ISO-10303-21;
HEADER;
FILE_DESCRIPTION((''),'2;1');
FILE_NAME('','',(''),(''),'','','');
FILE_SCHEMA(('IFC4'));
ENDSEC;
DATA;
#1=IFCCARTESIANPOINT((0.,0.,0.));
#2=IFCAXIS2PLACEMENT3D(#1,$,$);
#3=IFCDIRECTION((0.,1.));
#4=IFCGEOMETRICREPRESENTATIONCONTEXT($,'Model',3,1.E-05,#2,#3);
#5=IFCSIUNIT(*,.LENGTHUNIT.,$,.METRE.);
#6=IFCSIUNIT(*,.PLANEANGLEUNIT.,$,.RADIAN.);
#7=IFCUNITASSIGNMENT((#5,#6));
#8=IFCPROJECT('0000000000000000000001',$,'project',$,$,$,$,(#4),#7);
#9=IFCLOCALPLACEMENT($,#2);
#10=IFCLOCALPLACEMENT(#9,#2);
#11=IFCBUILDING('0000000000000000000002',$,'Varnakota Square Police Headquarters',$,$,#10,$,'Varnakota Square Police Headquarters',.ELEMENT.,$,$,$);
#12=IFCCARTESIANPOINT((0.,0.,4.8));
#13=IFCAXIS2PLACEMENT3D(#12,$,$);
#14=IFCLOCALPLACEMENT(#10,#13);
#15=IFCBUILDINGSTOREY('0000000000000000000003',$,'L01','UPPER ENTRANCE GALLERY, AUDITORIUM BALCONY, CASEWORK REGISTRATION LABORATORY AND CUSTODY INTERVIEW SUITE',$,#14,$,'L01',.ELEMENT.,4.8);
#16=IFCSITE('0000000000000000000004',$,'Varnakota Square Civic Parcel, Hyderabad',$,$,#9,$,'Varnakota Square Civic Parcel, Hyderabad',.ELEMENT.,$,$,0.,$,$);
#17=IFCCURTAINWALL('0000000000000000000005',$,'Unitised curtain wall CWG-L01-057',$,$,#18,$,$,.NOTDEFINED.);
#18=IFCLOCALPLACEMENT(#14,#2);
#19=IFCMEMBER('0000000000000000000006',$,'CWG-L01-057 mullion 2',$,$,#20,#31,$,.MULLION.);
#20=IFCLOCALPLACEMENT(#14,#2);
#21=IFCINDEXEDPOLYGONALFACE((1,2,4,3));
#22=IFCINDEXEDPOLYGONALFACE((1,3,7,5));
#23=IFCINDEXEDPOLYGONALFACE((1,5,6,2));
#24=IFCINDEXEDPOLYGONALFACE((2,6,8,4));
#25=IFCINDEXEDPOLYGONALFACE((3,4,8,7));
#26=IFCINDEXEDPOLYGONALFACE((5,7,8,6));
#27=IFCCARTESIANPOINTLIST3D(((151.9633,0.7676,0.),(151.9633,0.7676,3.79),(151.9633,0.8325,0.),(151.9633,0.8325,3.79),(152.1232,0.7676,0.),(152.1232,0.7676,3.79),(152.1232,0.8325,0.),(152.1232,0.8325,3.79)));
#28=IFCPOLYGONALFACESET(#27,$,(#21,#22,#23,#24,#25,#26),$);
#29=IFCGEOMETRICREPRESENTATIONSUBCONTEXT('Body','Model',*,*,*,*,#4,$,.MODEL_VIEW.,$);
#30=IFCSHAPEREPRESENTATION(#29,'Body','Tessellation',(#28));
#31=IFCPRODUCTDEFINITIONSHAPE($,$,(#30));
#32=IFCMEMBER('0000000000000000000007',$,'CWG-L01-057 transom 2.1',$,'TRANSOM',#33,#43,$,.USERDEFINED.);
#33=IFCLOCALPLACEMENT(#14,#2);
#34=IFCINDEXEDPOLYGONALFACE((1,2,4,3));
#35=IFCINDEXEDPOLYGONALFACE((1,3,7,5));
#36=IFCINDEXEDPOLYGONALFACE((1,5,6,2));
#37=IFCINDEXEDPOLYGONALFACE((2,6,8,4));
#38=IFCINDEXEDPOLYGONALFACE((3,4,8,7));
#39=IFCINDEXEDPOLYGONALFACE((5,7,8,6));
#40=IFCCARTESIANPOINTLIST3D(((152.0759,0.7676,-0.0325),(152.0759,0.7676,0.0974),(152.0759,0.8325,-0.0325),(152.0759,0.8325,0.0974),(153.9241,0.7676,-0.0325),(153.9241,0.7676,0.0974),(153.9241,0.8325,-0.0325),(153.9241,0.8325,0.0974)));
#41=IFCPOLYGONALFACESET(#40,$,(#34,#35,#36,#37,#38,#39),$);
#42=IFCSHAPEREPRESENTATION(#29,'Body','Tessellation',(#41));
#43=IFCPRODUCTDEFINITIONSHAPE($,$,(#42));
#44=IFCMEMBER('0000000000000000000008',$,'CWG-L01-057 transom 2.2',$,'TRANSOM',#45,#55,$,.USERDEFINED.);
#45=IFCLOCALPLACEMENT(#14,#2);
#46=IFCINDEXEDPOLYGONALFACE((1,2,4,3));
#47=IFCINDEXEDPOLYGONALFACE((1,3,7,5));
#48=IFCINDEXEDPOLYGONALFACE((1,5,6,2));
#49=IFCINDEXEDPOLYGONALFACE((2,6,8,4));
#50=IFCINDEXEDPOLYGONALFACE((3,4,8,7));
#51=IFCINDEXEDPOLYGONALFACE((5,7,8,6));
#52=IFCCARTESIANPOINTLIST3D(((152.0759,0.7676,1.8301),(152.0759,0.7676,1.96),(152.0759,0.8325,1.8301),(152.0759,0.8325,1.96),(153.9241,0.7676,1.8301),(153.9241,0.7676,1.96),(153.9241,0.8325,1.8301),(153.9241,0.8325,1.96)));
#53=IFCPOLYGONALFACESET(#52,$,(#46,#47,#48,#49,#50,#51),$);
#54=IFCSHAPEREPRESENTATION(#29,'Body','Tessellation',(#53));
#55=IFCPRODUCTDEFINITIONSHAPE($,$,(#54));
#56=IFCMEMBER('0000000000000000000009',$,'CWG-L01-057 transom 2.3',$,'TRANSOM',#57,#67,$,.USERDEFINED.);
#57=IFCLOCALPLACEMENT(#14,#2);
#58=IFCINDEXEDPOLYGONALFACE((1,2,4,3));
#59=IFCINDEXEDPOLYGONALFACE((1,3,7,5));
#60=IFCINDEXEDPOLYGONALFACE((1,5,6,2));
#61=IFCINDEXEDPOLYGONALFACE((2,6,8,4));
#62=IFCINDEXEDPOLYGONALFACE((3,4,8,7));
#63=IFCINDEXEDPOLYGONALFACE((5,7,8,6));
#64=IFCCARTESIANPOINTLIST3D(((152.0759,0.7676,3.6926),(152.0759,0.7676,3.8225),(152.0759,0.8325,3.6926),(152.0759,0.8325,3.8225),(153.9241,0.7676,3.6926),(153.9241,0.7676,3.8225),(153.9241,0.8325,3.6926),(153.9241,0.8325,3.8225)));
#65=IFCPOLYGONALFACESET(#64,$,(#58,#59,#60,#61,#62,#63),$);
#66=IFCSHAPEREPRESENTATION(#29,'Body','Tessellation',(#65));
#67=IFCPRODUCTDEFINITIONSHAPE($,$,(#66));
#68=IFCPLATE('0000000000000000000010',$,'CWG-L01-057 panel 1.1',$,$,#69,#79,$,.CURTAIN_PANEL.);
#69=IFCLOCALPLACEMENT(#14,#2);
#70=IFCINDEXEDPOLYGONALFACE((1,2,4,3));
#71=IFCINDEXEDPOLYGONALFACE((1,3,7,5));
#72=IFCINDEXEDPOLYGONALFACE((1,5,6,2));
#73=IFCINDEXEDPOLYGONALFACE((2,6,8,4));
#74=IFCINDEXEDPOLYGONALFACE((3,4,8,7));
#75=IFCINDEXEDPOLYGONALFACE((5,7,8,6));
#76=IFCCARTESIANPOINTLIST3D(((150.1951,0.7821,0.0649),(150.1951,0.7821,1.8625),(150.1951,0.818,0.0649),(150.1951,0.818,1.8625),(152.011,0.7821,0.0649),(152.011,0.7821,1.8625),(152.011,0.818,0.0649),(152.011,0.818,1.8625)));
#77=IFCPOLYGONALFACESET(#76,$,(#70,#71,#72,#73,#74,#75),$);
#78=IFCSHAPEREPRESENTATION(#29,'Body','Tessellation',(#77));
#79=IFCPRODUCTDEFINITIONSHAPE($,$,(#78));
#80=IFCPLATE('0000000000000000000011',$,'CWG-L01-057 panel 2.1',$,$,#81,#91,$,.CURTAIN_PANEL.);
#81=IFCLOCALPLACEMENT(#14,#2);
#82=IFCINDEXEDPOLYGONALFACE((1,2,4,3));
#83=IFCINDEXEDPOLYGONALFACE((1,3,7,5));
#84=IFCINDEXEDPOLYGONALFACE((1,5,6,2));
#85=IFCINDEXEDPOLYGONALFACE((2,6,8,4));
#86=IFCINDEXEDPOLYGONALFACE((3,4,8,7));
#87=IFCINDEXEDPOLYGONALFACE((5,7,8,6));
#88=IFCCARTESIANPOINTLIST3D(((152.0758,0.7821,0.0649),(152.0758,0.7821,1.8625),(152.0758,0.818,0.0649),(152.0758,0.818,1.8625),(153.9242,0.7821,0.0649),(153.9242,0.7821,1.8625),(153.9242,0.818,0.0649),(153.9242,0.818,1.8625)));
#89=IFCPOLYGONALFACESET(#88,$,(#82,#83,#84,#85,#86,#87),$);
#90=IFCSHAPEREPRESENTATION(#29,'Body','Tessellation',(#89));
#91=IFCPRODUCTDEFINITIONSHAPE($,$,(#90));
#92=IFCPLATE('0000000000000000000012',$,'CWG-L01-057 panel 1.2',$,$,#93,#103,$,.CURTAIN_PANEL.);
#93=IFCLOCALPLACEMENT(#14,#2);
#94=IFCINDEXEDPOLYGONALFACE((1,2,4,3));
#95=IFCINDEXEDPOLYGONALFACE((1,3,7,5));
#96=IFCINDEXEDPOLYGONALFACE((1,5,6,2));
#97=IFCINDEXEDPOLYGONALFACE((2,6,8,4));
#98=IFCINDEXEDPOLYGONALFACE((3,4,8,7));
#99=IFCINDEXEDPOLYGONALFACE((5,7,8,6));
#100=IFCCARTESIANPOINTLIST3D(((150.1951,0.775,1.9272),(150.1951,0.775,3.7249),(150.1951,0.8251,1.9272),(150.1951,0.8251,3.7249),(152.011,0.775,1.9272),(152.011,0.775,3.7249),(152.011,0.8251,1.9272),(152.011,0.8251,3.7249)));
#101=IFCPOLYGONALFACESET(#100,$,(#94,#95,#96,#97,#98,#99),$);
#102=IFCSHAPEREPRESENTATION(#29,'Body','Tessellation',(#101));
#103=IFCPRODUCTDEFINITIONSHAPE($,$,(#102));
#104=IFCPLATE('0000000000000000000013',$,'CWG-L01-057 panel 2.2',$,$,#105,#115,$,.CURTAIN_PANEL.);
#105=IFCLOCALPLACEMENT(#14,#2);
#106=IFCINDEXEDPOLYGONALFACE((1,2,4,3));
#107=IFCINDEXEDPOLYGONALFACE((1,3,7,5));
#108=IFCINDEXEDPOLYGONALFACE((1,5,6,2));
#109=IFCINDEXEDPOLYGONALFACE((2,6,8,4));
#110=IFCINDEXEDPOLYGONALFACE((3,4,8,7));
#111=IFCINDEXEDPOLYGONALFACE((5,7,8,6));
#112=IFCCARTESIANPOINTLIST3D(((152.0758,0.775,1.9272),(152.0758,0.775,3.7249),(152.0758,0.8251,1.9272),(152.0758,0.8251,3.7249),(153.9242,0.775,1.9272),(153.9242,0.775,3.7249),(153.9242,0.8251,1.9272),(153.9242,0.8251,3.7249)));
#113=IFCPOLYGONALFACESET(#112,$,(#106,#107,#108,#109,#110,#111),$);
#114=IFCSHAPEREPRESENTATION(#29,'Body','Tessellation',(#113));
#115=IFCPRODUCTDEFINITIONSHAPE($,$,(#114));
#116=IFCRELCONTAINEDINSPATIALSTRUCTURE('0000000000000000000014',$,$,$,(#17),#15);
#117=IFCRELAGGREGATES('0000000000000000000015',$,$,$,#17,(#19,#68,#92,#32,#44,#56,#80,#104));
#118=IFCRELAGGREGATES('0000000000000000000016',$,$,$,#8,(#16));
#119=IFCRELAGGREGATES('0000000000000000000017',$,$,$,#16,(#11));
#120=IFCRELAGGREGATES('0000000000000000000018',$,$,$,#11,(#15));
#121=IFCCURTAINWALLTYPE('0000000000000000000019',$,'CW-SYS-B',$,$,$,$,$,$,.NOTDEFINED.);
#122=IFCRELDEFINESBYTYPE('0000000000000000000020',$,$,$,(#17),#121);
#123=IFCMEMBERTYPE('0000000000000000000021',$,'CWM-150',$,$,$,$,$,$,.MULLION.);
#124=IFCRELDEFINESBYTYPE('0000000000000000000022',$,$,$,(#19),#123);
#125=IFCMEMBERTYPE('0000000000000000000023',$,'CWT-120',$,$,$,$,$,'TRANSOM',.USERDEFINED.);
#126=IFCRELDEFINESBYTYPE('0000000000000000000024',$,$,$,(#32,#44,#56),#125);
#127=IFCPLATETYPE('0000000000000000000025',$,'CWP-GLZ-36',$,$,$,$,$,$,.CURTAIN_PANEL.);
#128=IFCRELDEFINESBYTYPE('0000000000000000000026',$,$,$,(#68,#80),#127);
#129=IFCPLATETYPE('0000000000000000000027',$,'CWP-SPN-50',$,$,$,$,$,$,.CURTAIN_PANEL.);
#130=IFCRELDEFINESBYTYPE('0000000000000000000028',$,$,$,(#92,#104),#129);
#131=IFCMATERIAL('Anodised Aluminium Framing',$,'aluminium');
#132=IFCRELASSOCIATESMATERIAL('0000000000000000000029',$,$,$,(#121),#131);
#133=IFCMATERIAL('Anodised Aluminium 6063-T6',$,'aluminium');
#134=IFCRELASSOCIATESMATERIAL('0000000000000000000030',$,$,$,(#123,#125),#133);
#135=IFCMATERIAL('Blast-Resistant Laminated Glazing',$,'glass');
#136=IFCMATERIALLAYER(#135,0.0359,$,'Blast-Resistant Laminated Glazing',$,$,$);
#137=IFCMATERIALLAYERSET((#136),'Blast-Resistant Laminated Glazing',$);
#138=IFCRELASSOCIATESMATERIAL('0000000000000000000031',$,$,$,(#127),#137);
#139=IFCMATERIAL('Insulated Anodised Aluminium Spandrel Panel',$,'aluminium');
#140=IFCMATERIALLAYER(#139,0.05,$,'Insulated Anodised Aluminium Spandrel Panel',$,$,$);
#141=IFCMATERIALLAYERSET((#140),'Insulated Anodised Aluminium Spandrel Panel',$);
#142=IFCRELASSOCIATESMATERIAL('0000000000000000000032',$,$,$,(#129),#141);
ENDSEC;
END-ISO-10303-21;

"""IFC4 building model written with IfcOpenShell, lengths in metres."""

from ifc_helpers import new_model, si_unit, direction, frame, origin, origin_2d, place, context, subcontext, project, spatial, rectangle, extrude, material, layer, layer_set, material_profile, profile_set, type_object, element, aggregate, save


model = new_model("IFC4")

# Units and contexts
model_context = context("Model", 3, precision=1e-05, world=origin(), true_north=direction((0.0, 1.0)))
body_context = subcontext(model_context, "Body", "Model", "MODEL_VIEW")
ifc_project = project(units=[si_unit("LENGTHUNIT", "METRE"), si_unit("PLANEANGLEUNIT", "RADIAN")], contexts=[model_context])

# Site, building, storey
site_placement = place(None, origin())
site = spatial("IfcSite", under=ifc_project, at=site_placement, Name="Varnakota Square Civic Parcel, Hyderabad", LongName="Varnakota Square Civic Parcel, Hyderabad", CompositionType="ELEMENT", RefElevation=0.0)
building_placement = place(site_placement, origin())
building = spatial("IfcBuilding", under=site, at=building_placement, Name="Varnakota Square Police Headquarters", LongName="Varnakota Square Police Headquarters", CompositionType="ELEMENT")
storey_placement = place(building_placement, frame((0.0, 0.0, 4.8)))
storey = spatial("IfcBuildingStorey", under=building, at=storey_placement, Name="L01", Description="UPPER ENTRANCE GALLERY, AUDITORIUM BALCONY, CASEWORK REGISTRATION LABORATORY AND CUSTODY INTERVIEW SUITE", LongName="L01", CompositionType="ELEMENT", Elevation=4.8)

# Curtain wall, members, plates
ifc_material_1 = material(Name="Anodised Aluminium Framing", Category="aluminium")
curtain_wall_type = type_object("IfcCurtainWallType", Name="CW-SYS-B", PredefinedType="NOTDEFINED", material=ifc_material_1)
curtain_wall_placement = place(storey_placement, origin())
curtain_wall = element("IfcCurtainWall", 1, at=curtain_wall_placement, inside=storey, type_object=curtain_wall_type, Name="Unitised curtain wall CWG-L01-057", PredefinedType="NOTDEFINED")
ifc_material_2 = material(Name="Anodised Aluminium 6063-T6", Category="aluminium")
ifc_material_profile_1 = material_profile(ifc_material_2, rectangle(XDim=0.0649, YDim=0.1599, at=origin_2d()), Name="ALU MULLION 65x160")
ifc_profile_set_1 = profile_set([ifc_material_profile_1], Name="Anodised Aluminium 6063-T6")
member_type_1 = type_object("IfcMemberType", Name="CWM-150", PredefinedType="MULLION", material=ifc_profile_set_1)
member_1_placement = place(storey_placement, frame((152.0432, 0.8, 0.0), z_axis=(0.0, 0.0, 1.0), x_axis=(0.0, 1.0, 0.0)))
member_1 = element("IfcMember", 2, at=member_1_placement, type_object=member_type_1, Name="CWG-L01-057 mullion 2", PredefinedType="MULLION", context=body_context, shape_type="SweptSolid", body=[
    extrude(rectangle(XDim=0.0649, YDim=0.1599, at=origin_2d()), origin(), (0.0, 0.0, 1.0), 3.79),
])
ifc_material_profile_2 = material_profile(ifc_material_2, rectangle(XDim=0.0649, YDim=0.1299, at=origin_2d()), Name="ALU TRANSOM 65x130")
ifc_profile_set_2 = profile_set([ifc_material_profile_2], Name="Anodised Aluminium 6063-T6")
member_type_2 = type_object("IfcMemberType", Name="CWT-120", ElementType="TRANSOM", PredefinedType="USERDEFINED", material=ifc_profile_set_2)
member_2_placement = place(storey_placement, frame((152.0759, 0.8, 0.0325), z_axis=(1.0, 0.0, 0.0), x_axis=(0.0, 1.0, 0.0)))
member_2 = element("IfcMember", 3, at=member_2_placement, type_object=member_type_2, Name="CWG-L01-057 transom 2.1", ObjectType="TRANSOM", PredefinedType="USERDEFINED", context=body_context, shape_type="SweptSolid", body=[
    extrude(rectangle(XDim=0.0649, YDim=0.1299, at=origin_2d()), origin(), (0.0, 0.0, 1.0), 1.8481),
])
member_3_placement = place(storey_placement, frame((152.0759, 0.8, 1.895), z_axis=(1.0, 0.0, 0.0), x_axis=(0.0, 1.0, 0.0)))
member_3 = element("IfcMember", 4, at=member_3_placement, type_object=member_type_2, Name="CWG-L01-057 transom 2.2", ObjectType="TRANSOM", PredefinedType="USERDEFINED", context=body_context, shape_type="SweptSolid", body=[
    extrude(rectangle(XDim=0.0649, YDim=0.1299, at=origin_2d()), origin(), (0.0, 0.0, 1.0), 1.8481),
])
member_4_placement = place(storey_placement, frame((152.0759, 0.8, 3.7576), z_axis=(1.0, 0.0, 0.0), x_axis=(0.0, 1.0, 0.0)))
member_4 = element("IfcMember", 5, at=member_4_placement, type_object=member_type_2, Name="CWG-L01-057 transom 2.3", ObjectType="TRANSOM", PredefinedType="USERDEFINED", context=body_context, shape_type="SweptSolid", body=[
    extrude(rectangle(XDim=0.0649, YDim=0.1299, at=origin_2d()), origin(), (0.0, 0.0, 1.0), 1.8481),
])
ifc_material_3 = material(Name="Blast-Resistant Laminated Glazing", Category="glass")
ifc_layer_1 = layer(ifc_material_3, 0.0359, Name="Blast-Resistant Laminated Glazing")
ifc_layer_set_1 = layer_set([ifc_layer_1], Name="Blast-Resistant Laminated Glazing")
plate_type_1 = type_object("IfcPlateType", Name="CWP-GLZ-36", PredefinedType="CURTAIN_PANEL", material=ifc_layer_set_1)
plate_1_placement = place(storey_placement, frame((151.103, 0.8, 0.0649), z_axis=(0.0, 0.0, 1.0), x_axis=(1.0, 0.0, 0.0)))
plate_1 = element("IfcPlate", 6, at=plate_1_placement, type_object=plate_type_1, Name="CWG-L01-057 panel 1.1", PredefinedType="CURTAIN_PANEL", context=body_context, shape_type="SweptSolid", body=[
    extrude(rectangle(XDim=1.8159, YDim=0.0359, at=origin_2d()), origin(), (0.0, 0.0, 1.0), 1.7976),
])
plate_2_placement = place(storey_placement, frame((153.0, 0.8, 0.0649), z_axis=(0.0, 0.0, 1.0), x_axis=(1.0, 0.0, 0.0)))
plate_2 = element("IfcPlate", 7, at=plate_2_placement, type_object=plate_type_1, Name="CWG-L01-057 panel 2.1", PredefinedType="CURTAIN_PANEL", context=body_context, shape_type="SweptSolid", body=[
    extrude(rectangle(XDim=1.8484, YDim=0.0359, at=origin_2d()), origin(), (0.0, 0.0, 1.0), 1.7976),
])
ifc_material_4 = material(Name="Insulated Anodised Aluminium Spandrel Panel", Category="aluminium")
ifc_layer_2 = layer(ifc_material_4, 0.05, Name="Insulated Anodised Aluminium Spandrel Panel")
ifc_layer_set_2 = layer_set([ifc_layer_2], Name="Insulated Anodised Aluminium Spandrel Panel")
plate_type_2 = type_object("IfcPlateType", Name="CWP-SPN-50", PredefinedType="CURTAIN_PANEL", material=ifc_layer_set_2)
plate_3_placement = place(storey_placement, frame((151.103, 0.8, 1.9272), z_axis=(0.0, 0.0, 1.0), x_axis=(1.0, 0.0, 0.0)))
plate_3 = element("IfcPlate", 8, at=plate_3_placement, type_object=plate_type_2, Name="CWG-L01-057 panel 1.2", PredefinedType="CURTAIN_PANEL", context=body_context, shape_type="SweptSolid", body=[
    extrude(rectangle(XDim=1.8159, YDim=0.05, at=origin_2d()), origin(), (0.0, 0.0, 1.0), 1.7976),
])
plate_4_placement = place(storey_placement, frame((153.0, 0.8, 1.9272), z_axis=(0.0, 0.0, 1.0), x_axis=(1.0, 0.0, 0.0)))
plate_4 = element("IfcPlate", 9, at=plate_4_placement, type_object=plate_type_2, Name="CWG-L01-057 panel 2.2", PredefinedType="CURTAIN_PANEL", context=body_context, shape_type="SweptSolid", body=[
    extrude(rectangle(XDim=1.8484, YDim=0.05, at=origin_2d()), origin(), (0.0, 0.0, 1.0), 1.7976),
])
aggregate(curtain_wall, [member_1, plate_1, plate_3, member_2, member_3, member_4, plate_2, plate_4])

save(model, "model.ifc")
